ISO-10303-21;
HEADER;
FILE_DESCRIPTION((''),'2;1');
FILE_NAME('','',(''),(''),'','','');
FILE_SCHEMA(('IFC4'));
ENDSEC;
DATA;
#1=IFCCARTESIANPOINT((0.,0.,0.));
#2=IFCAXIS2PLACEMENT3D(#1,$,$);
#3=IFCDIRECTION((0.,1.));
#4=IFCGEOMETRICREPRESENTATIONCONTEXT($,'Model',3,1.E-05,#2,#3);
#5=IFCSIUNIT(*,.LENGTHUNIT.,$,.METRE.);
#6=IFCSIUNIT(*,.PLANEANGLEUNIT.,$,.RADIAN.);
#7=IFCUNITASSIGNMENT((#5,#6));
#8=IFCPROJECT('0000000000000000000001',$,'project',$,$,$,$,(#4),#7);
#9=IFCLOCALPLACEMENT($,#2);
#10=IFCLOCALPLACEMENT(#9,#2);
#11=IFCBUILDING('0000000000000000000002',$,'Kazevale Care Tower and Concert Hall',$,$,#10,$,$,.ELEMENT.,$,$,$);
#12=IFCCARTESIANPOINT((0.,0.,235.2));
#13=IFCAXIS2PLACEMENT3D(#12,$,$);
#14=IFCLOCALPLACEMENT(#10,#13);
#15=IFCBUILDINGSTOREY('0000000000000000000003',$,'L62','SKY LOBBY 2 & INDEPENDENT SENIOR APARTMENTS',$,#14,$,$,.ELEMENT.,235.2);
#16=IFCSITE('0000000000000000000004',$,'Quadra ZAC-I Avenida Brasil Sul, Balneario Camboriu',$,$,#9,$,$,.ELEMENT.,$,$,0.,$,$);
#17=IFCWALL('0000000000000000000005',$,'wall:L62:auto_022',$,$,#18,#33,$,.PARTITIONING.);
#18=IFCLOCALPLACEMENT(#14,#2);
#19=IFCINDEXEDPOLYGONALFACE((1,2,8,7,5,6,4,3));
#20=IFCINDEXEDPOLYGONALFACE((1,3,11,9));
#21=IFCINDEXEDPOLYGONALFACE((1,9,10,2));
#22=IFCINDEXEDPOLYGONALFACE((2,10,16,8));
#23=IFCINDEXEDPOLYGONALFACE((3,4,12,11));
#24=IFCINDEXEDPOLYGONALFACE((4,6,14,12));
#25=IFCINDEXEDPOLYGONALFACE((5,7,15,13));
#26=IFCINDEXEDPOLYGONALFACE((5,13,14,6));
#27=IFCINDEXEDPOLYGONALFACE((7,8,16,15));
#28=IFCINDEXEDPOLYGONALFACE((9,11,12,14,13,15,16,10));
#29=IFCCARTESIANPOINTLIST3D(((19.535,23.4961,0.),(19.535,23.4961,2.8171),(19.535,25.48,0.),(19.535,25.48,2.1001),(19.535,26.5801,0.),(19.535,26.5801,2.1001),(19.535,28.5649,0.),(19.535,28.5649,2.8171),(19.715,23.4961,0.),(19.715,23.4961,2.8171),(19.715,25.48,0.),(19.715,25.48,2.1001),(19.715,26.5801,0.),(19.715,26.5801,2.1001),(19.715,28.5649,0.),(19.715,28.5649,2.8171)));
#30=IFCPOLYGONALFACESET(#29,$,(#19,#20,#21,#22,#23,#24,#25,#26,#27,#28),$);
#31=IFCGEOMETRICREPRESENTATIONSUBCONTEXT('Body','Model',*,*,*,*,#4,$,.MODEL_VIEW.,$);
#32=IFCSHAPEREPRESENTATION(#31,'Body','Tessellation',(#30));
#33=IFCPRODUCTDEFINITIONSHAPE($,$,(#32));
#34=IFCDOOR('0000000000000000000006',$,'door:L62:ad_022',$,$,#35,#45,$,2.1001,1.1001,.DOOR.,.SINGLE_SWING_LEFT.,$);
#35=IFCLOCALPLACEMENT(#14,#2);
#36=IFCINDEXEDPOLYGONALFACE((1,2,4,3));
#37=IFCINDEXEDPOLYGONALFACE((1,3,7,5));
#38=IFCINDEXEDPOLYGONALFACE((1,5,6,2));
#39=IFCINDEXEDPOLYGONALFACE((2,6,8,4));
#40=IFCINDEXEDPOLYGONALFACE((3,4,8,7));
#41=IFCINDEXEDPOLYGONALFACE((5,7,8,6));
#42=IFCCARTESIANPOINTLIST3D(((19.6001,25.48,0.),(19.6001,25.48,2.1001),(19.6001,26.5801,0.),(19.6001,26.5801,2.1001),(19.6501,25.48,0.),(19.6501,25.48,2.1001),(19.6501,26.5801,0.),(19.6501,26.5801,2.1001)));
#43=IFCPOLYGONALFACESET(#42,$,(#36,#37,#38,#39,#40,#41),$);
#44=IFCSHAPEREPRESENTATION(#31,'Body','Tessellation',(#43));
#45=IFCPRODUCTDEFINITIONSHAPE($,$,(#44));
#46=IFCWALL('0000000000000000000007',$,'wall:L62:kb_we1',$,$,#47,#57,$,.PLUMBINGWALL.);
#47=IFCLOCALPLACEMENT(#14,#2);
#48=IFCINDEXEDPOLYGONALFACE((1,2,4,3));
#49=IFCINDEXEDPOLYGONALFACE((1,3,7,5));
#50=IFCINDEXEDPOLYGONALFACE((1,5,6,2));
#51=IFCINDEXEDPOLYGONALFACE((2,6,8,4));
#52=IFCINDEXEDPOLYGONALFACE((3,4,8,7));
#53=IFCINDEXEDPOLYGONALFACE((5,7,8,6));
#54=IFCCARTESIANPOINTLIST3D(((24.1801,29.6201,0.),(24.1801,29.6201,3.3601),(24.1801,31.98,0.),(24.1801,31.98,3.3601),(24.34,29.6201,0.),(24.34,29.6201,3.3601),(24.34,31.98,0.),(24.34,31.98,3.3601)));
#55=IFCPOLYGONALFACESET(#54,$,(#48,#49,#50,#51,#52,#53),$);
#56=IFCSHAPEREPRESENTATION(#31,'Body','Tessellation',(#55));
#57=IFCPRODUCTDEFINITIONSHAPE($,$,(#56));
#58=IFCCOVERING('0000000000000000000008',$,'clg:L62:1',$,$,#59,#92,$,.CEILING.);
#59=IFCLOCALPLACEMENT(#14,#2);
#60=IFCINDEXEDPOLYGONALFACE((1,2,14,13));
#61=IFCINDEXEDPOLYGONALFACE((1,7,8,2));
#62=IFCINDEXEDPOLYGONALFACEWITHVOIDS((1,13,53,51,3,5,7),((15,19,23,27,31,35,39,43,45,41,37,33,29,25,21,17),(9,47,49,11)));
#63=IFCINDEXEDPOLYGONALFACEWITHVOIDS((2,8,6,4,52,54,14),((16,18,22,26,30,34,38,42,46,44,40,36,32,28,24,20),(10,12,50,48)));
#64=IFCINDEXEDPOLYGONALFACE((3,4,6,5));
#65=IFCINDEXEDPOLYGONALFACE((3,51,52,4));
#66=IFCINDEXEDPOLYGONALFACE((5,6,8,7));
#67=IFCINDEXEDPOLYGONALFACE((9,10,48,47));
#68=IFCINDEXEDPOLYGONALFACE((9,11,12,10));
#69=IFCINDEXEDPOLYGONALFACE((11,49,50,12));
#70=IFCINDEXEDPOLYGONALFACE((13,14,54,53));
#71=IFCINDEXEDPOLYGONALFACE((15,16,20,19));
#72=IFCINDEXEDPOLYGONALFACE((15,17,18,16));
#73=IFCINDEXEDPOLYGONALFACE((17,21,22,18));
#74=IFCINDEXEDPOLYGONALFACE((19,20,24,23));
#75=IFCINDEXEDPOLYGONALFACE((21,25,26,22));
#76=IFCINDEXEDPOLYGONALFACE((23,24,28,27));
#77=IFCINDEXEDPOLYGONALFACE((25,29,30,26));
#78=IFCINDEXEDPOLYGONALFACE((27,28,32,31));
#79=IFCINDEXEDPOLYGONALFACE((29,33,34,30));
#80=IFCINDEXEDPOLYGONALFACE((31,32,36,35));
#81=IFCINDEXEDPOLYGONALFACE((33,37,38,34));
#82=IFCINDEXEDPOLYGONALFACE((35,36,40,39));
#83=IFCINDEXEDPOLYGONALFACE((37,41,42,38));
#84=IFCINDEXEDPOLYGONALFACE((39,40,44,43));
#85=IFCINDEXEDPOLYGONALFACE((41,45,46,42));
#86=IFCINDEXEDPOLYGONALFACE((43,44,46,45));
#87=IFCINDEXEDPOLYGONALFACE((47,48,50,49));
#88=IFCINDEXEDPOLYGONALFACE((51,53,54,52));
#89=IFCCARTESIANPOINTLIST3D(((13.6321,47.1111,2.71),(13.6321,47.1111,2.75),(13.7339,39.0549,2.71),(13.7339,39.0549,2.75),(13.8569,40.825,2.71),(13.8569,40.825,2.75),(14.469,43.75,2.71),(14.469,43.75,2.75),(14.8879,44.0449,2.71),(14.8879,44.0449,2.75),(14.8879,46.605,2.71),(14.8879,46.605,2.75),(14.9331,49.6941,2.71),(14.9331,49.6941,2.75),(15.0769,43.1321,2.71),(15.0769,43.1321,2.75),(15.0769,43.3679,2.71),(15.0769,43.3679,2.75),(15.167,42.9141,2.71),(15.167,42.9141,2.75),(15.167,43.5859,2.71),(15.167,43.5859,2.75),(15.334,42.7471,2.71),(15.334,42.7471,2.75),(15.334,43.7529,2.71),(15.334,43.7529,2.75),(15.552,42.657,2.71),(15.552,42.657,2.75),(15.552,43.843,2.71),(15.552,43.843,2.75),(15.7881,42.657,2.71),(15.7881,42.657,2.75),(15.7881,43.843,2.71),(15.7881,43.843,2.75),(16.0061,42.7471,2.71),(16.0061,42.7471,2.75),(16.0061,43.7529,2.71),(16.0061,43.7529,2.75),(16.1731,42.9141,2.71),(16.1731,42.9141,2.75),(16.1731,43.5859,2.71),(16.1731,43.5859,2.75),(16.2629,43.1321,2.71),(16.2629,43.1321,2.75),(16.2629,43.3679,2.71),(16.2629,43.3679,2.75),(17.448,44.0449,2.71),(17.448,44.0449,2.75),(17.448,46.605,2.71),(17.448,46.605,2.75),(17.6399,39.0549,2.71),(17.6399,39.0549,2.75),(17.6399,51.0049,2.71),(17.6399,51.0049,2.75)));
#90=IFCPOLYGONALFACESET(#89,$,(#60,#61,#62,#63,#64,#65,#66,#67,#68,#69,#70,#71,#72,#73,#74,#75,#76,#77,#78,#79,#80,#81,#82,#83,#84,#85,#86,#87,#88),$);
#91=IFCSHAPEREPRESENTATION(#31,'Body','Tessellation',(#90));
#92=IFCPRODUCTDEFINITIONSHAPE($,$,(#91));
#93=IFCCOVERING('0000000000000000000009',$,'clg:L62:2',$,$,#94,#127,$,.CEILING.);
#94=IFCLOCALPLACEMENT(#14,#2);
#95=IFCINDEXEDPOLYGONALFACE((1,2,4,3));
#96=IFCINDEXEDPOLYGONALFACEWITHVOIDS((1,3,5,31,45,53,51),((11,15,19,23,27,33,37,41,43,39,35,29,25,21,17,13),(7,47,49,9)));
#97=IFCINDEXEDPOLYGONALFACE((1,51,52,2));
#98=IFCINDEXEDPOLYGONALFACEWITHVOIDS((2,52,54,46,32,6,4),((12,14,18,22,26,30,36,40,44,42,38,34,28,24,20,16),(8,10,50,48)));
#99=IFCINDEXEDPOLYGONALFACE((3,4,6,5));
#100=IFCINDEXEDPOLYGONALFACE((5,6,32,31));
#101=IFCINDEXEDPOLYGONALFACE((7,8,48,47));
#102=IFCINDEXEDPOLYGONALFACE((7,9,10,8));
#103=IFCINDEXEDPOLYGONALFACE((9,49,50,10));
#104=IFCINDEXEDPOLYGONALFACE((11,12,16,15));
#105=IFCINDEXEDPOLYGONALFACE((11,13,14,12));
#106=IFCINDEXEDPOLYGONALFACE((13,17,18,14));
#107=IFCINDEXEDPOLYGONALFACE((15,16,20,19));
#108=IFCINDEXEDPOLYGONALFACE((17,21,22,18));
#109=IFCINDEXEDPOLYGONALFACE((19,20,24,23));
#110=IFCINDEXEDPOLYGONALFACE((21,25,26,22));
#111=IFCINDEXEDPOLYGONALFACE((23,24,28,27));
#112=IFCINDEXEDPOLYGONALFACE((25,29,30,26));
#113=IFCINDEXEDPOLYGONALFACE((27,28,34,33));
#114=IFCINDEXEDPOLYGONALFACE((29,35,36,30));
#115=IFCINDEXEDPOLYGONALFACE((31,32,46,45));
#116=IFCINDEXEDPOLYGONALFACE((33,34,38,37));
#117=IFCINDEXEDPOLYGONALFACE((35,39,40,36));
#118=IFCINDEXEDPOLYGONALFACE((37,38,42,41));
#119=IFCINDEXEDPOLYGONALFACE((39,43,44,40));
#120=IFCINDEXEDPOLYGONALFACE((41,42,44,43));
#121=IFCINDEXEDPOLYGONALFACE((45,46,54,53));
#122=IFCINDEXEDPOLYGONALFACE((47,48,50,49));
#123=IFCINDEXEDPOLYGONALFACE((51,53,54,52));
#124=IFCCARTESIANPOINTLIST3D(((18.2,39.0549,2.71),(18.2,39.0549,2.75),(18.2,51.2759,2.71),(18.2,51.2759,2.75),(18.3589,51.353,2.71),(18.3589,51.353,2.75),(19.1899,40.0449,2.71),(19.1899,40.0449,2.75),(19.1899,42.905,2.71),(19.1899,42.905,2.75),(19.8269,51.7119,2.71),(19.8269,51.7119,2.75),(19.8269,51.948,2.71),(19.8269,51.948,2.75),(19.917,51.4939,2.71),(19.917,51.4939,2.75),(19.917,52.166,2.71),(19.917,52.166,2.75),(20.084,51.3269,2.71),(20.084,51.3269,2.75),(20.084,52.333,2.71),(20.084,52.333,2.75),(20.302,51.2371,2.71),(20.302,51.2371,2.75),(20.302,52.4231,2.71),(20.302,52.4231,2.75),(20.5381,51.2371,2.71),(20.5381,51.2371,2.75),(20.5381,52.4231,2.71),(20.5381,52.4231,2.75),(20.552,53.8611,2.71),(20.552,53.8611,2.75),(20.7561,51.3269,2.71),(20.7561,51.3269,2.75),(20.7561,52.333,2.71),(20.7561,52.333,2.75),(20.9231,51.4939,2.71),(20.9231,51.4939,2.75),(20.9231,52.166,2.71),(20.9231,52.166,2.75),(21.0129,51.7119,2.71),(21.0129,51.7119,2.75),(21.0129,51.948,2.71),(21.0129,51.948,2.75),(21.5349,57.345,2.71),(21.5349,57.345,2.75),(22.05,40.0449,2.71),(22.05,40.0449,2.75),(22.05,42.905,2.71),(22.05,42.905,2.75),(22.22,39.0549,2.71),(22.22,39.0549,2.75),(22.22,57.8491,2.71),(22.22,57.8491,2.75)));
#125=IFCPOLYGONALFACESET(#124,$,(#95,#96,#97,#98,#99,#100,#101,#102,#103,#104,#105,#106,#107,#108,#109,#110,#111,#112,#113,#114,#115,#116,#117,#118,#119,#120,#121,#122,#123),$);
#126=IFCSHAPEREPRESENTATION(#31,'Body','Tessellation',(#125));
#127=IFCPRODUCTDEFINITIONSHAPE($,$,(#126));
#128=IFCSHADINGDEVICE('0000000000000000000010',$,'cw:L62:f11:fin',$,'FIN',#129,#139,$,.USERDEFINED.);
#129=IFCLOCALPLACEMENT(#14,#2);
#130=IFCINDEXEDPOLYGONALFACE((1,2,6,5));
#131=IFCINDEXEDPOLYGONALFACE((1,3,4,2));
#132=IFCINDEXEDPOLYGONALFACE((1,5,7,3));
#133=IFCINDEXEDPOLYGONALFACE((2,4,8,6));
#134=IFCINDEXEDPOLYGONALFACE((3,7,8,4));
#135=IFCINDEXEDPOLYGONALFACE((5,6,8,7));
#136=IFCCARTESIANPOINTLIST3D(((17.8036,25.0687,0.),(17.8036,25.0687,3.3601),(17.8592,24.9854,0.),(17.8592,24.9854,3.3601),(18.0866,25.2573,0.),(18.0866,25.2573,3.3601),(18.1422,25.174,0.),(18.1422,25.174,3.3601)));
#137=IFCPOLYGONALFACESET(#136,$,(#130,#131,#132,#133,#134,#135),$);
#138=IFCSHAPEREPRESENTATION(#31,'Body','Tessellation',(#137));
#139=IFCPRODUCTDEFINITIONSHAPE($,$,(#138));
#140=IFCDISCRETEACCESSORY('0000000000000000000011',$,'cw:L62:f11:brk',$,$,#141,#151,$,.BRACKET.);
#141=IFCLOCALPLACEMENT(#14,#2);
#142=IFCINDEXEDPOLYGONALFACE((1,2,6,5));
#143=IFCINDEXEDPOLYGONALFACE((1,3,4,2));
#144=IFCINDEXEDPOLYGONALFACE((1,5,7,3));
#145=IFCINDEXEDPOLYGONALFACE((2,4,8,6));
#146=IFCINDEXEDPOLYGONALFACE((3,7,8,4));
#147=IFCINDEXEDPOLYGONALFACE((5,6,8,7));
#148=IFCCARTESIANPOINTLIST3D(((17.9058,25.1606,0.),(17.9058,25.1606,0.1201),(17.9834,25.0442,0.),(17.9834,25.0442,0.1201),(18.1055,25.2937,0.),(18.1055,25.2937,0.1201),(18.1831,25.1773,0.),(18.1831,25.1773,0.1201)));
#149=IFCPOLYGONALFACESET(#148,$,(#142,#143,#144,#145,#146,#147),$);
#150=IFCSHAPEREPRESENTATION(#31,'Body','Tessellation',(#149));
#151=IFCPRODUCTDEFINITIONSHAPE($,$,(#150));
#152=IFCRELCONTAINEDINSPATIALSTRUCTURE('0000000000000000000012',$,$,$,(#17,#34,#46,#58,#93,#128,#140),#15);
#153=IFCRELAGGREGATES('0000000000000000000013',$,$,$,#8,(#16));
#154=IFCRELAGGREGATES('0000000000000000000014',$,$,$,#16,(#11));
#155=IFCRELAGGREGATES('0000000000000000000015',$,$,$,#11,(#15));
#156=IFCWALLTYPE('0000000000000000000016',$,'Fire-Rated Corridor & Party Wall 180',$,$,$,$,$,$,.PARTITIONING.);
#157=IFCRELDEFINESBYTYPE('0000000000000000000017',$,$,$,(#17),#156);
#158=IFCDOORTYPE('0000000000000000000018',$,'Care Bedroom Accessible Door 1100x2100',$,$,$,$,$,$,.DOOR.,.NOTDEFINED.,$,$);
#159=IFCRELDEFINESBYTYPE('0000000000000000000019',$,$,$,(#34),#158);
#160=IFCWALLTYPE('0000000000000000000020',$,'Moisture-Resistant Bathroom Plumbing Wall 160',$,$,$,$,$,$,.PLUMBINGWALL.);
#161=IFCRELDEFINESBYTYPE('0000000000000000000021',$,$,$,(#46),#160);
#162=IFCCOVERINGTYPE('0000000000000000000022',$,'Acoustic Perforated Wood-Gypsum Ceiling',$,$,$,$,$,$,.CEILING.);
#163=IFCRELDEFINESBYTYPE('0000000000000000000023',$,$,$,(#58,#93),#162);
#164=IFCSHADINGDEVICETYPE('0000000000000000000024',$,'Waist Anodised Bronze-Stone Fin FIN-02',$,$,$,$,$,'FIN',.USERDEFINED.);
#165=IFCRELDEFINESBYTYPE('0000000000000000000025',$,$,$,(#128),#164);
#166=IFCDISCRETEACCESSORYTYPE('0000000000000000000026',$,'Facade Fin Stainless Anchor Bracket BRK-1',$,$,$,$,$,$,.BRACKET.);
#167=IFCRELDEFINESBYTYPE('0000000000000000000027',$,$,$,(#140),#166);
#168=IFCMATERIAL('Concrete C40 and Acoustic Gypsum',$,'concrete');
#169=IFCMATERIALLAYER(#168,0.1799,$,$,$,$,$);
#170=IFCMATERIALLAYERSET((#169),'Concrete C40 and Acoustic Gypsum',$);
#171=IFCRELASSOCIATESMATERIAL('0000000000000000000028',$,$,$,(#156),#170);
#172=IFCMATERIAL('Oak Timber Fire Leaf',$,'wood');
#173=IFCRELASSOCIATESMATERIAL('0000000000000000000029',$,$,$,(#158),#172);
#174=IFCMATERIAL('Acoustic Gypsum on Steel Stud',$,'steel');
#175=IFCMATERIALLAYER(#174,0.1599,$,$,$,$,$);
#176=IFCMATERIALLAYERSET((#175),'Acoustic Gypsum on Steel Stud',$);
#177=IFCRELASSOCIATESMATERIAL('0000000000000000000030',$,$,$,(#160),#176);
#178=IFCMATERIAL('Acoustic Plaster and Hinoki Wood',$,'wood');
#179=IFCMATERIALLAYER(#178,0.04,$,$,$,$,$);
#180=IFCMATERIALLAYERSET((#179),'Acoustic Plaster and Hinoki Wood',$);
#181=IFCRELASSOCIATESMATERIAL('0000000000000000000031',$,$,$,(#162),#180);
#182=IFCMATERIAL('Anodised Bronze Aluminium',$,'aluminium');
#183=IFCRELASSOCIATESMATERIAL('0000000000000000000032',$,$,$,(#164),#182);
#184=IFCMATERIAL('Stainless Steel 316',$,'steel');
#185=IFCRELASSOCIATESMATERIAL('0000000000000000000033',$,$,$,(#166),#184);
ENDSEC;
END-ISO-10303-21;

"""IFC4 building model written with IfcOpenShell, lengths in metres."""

from ifc_helpers import new_model, si_unit, direction, frame, frame_2d, origin, origin_2d, place, context, subcontext, project, spatial, polyline, rectangle, outline, extrude, material, layer, layer_set, type_object, element, fill, save


model = new_model("IFC4")

# Units and contexts
model_context = context("Model", 3, precision=1e-05, world=origin(), true_north=direction((0.0, 1.0)))
body_context = subcontext(model_context, "Body", "Model", "MODEL_VIEW")
ifc_project = project(units=[si_unit("LENGTHUNIT", "METRE"), si_unit("PLANEANGLEUNIT", "RADIAN")], contexts=[model_context])

# Site, building, storey
site_placement = place(None, origin())
site = spatial("IfcSite", under=ifc_project, at=site_placement, Name="Quadra ZAC-I Avenida Brasil Sul, Balneario Camboriu", CompositionType="ELEMENT", RefElevation=0.0)
building_placement = place(site_placement, origin())
building = spatial("IfcBuilding", under=site, at=building_placement, Name="Kazevale Care Tower and Concert Hall", CompositionType="ELEMENT")
storey_placement = place(building_placement, frame((0.0, 0.0, 235.2)))
storey = spatial("IfcBuildingStorey", under=building, at=storey_placement, Name="L62", Description="SKY LOBBY 2 & INDEPENDENT SENIOR APARTMENTS", CompositionType="ELEMENT", Elevation=235.2)

# Wall, opening, door
ifc_material_1 = material(Name="Concrete C40 and Acoustic Gypsum", Category="concrete")
ifc_layer_1 = layer(ifc_material_1, 0.1799)
ifc_layer_set_1 = layer_set([ifc_layer_1], Name="Concrete C40 and Acoustic Gypsum")
wall_type_1 = type_object("IfcWallType", Name="Fire-Rated Corridor & Party Wall 180", PredefinedType="PARTITIONING", material=ifc_layer_set_1)
wall_1_placement = place(storey_placement, frame((19.625, 23.4961, 0.0), z_axis=(0.0, 0.0, 1.0), x_axis=(0.0, 1.0, 0.0)))
wall_1 = element("IfcWall", 1, at=wall_1_placement, inside=storey, type_object=wall_type_1, Name="wall:L62:auto_022", PredefinedType="PARTITIONING", context=body_context, shape_type="SweptSolid", body=[
    extrude(rectangle(XDim=5.0688, YDim=0.1799, at=frame_2d((2.5344, 0.0))), origin(), (0.0, 0.0, 1.0), 2.8171),
])
opening_1_placement = place(wall_1_placement, frame((1.9839, 0.0, 0.0)))
opening_1 = element("IfcOpeningElement", 2, at=opening_1_placement, cuts=wall_1, PredefinedType="OPENING", context=body_context, shape_type="SweptSolid", body=[
    extrude(rectangle(XDim=1.1001, YDim=2.1001, at=frame_2d((0.55, 1.05))), frame((0.0, 0.0999, 0.0), z_axis=(0.0, -1.0, 0.0), x_axis=(1.0, 0.0, 0.0)), (0.0, 0.0, 1.0), 0.2),
])
ifc_material_2 = material(Name="Oak Timber Fire Leaf", Category="wood")
door_type_1 = type_object("IfcDoorType", Name="Care Bedroom Accessible Door 1100x2100", OperationType="NOTDEFINED", PredefinedType="DOOR", material=ifc_material_2)
door_1_placement = place(opening_1_placement, origin())
door_1 = element("IfcDoor", 3, at=door_1_placement, inside=storey, type_object=door_type_1, Name="door:L62:ad_022", OperationType="SINGLE_SWING_LEFT", OverallHeight=2.1001, OverallWidth=1.1001, PredefinedType="DOOR", context=body_context, shape_type="SweptSolid", body=[
    extrude(rectangle(XDim=1.1001, YDim=2.1001, at=frame_2d((0.55, 1.05))), frame((0.0, 0.0249, 0.0), z_axis=(0.0, -1.0, 0.0), x_axis=(1.0, 0.0, 0.0)), (0.0, 0.0, 1.0), 0.05),
])
fill(opening_1, door_1)

# Wall
ifc_material_3 = material(Name="Acoustic Gypsum on Steel Stud", Category="steel")
ifc_layer_2 = layer(ifc_material_3, 0.1599)
ifc_layer_set_2 = layer_set([ifc_layer_2], Name="Acoustic Gypsum on Steel Stud")
wall_type_2 = type_object("IfcWallType", Name="Moisture-Resistant Bathroom Plumbing Wall 160", PredefinedType="PLUMBINGWALL", material=ifc_layer_set_2)
wall_2_placement = place(storey_placement, frame((24.26, 29.6201, 0.0), z_axis=(0.0, 0.0, 1.0), x_axis=(0.0, 1.0, 0.0)))
element("IfcWall", 4, at=wall_2_placement, inside=storey, type_object=wall_type_2, Name="wall:L62:kb_we1", PredefinedType="PLUMBINGWALL", context=body_context, shape_type="SweptSolid", body=[
    extrude(rectangle(XDim=2.3599, YDim=0.1599, at=frame_2d((1.1799, 0.0))), origin(), (0.0, 0.0, 1.0), 3.3601),
])

# Coverings
ifc_material_4 = material(Name="Acoustic Plaster and Hinoki Wood", Category="wood")
ifc_layer_3 = layer(ifc_material_4, 0.04)
ifc_layer_set_3 = layer_set([ifc_layer_3], Name="Acoustic Plaster and Hinoki Wood")
covering_type = type_object("IfcCoveringType", Name="Acoustic Perforated Wood-Gypsum Ceiling", PredefinedType="CEILING", material=ifc_layer_set_3)
covering_1_placement = place(storey_placement, frame((0.0, 0.0, 2.71)))
element("IfcCovering", 5, at=covering_1_placement, inside=storey, type_object=covering_type, Name="clg:L62:1", PredefinedType="CEILING", context=body_context, shape_type="SweptSolid", body=[
    extrude(outline(polyline([(14.9331, 49.6941), (17.6399, 51.0049), (17.6399, 39.0549), (13.7339, 39.0549), (13.8569, 40.825), (14.469, 43.75), (13.6321, 47.1111), (14.9331, 49.6941)]), holes=[polyline([(14.8879, 46.605), (14.8879, 44.0449), (17.448, 44.0449), (17.448, 46.605), (14.8879, 46.605)]), polyline([(16.2629, 43.3679), (16.1731, 43.5859), (16.0061, 43.7529), (15.7881, 43.843), (15.552, 43.843), (15.334, 43.7529), (15.167, 43.5859), (15.0769, 43.3679), (15.0769, 43.1321), (15.167, 42.9141), (15.334, 42.7471), (15.552, 42.657), (15.7881, 42.657), (16.0061, 42.7471), (16.1731, 42.9141), (16.2629, 43.1321), (16.2629, 43.3679)])]), origin(), (0.0, 0.0, 1.0), 0.04),
])
covering_2_placement = place(storey_placement, frame((0.0, 0.0, 2.71)))
element("IfcCovering", 6, at=covering_2_placement, inside=storey, type_object=covering_type, Name="clg:L62:2", PredefinedType="CEILING", context=body_context, shape_type="SweptSolid", body=[
    extrude(outline(polyline([(22.22, 39.0549), (18.2, 39.0549), (18.2, 51.2759), (18.3589, 51.353), (20.552, 53.8611), (21.5349, 57.345), (22.22, 57.8491), (22.22, 39.0549)]), holes=[polyline([(19.1899, 42.905), (19.1899, 40.0449), (22.05, 40.0449), (22.05, 42.905), (19.1899, 42.905)]), polyline([(21.0129, 51.948), (20.9231, 52.166), (20.7561, 52.333), (20.5381, 52.4231), (20.302, 52.4231), (20.084, 52.333), (19.917, 52.166), (19.8269, 51.948), (19.8269, 51.7119), (19.917, 51.4939), (20.084, 51.3269), (20.302, 51.2371), (20.5381, 51.2371), (20.7561, 51.3269), (20.9231, 51.4939), (21.0129, 51.7119), (21.0129, 51.948)])]), origin(), (0.0, 0.0, 1.0), 0.04),
])

# Shading device
ifc_material_5 = material(Name="Anodised Bronze Aluminium", Category="aluminium")
shading_device_type = type_object("IfcShadingDeviceType", Name="Waist Anodised Bronze-Stone Fin FIN-02", ElementType="FIN", PredefinedType="USERDEFINED", material=ifc_material_5)
shading_device_placement = place(storey_placement, frame((17.9729, 25.1213, 0.0), z_axis=(0.0, 0.0, 1.0), x_axis=(-0.832148, -0.554554, 0.0)))
element("IfcShadingDevice", 7, at=shading_device_placement, inside=storey, type_object=shading_device_type, Name="cw:L62:f11:fin", ObjectType="FIN", PredefinedType="USERDEFINED", context=body_context, shape_type="SweptSolid", body=[
    extrude(rectangle(XDim=0.3401, YDim=0.1001, at=origin_2d()), origin(), (0.0, 0.0, 1.0), 3.3601),
])

# Discrete accessory
ifc_material_6 = material(Name="Stainless Steel 316", Category="steel")
discrete_accessory_type = type_object("IfcDiscreteAccessoryType", Name="Facade Fin Stainless Anchor Bracket BRK-1", PredefinedType="BRACKET", material=ifc_material_6)
discrete_accessory_placement = place(storey_placement, frame((18.0444, 25.1689, 0.0), z_axis=(0.0, 0.0, 1.0), x_axis=(-0.832148, -0.554554, 0.0)))
element("IfcDiscreteAccessory", 8, at=discrete_accessory_placement, inside=storey, type_object=discrete_accessory_type, Name="cw:L62:f11:brk", PredefinedType="BRACKET", context=body_context, shape_type="SweptSolid", body=[
    extrude(rectangle(XDim=0.24, YDim=0.1399, at=origin_2d()), origin(), (0.0, 0.0, 1.0), 0.1201),
])

save(model, "model.ifc")
